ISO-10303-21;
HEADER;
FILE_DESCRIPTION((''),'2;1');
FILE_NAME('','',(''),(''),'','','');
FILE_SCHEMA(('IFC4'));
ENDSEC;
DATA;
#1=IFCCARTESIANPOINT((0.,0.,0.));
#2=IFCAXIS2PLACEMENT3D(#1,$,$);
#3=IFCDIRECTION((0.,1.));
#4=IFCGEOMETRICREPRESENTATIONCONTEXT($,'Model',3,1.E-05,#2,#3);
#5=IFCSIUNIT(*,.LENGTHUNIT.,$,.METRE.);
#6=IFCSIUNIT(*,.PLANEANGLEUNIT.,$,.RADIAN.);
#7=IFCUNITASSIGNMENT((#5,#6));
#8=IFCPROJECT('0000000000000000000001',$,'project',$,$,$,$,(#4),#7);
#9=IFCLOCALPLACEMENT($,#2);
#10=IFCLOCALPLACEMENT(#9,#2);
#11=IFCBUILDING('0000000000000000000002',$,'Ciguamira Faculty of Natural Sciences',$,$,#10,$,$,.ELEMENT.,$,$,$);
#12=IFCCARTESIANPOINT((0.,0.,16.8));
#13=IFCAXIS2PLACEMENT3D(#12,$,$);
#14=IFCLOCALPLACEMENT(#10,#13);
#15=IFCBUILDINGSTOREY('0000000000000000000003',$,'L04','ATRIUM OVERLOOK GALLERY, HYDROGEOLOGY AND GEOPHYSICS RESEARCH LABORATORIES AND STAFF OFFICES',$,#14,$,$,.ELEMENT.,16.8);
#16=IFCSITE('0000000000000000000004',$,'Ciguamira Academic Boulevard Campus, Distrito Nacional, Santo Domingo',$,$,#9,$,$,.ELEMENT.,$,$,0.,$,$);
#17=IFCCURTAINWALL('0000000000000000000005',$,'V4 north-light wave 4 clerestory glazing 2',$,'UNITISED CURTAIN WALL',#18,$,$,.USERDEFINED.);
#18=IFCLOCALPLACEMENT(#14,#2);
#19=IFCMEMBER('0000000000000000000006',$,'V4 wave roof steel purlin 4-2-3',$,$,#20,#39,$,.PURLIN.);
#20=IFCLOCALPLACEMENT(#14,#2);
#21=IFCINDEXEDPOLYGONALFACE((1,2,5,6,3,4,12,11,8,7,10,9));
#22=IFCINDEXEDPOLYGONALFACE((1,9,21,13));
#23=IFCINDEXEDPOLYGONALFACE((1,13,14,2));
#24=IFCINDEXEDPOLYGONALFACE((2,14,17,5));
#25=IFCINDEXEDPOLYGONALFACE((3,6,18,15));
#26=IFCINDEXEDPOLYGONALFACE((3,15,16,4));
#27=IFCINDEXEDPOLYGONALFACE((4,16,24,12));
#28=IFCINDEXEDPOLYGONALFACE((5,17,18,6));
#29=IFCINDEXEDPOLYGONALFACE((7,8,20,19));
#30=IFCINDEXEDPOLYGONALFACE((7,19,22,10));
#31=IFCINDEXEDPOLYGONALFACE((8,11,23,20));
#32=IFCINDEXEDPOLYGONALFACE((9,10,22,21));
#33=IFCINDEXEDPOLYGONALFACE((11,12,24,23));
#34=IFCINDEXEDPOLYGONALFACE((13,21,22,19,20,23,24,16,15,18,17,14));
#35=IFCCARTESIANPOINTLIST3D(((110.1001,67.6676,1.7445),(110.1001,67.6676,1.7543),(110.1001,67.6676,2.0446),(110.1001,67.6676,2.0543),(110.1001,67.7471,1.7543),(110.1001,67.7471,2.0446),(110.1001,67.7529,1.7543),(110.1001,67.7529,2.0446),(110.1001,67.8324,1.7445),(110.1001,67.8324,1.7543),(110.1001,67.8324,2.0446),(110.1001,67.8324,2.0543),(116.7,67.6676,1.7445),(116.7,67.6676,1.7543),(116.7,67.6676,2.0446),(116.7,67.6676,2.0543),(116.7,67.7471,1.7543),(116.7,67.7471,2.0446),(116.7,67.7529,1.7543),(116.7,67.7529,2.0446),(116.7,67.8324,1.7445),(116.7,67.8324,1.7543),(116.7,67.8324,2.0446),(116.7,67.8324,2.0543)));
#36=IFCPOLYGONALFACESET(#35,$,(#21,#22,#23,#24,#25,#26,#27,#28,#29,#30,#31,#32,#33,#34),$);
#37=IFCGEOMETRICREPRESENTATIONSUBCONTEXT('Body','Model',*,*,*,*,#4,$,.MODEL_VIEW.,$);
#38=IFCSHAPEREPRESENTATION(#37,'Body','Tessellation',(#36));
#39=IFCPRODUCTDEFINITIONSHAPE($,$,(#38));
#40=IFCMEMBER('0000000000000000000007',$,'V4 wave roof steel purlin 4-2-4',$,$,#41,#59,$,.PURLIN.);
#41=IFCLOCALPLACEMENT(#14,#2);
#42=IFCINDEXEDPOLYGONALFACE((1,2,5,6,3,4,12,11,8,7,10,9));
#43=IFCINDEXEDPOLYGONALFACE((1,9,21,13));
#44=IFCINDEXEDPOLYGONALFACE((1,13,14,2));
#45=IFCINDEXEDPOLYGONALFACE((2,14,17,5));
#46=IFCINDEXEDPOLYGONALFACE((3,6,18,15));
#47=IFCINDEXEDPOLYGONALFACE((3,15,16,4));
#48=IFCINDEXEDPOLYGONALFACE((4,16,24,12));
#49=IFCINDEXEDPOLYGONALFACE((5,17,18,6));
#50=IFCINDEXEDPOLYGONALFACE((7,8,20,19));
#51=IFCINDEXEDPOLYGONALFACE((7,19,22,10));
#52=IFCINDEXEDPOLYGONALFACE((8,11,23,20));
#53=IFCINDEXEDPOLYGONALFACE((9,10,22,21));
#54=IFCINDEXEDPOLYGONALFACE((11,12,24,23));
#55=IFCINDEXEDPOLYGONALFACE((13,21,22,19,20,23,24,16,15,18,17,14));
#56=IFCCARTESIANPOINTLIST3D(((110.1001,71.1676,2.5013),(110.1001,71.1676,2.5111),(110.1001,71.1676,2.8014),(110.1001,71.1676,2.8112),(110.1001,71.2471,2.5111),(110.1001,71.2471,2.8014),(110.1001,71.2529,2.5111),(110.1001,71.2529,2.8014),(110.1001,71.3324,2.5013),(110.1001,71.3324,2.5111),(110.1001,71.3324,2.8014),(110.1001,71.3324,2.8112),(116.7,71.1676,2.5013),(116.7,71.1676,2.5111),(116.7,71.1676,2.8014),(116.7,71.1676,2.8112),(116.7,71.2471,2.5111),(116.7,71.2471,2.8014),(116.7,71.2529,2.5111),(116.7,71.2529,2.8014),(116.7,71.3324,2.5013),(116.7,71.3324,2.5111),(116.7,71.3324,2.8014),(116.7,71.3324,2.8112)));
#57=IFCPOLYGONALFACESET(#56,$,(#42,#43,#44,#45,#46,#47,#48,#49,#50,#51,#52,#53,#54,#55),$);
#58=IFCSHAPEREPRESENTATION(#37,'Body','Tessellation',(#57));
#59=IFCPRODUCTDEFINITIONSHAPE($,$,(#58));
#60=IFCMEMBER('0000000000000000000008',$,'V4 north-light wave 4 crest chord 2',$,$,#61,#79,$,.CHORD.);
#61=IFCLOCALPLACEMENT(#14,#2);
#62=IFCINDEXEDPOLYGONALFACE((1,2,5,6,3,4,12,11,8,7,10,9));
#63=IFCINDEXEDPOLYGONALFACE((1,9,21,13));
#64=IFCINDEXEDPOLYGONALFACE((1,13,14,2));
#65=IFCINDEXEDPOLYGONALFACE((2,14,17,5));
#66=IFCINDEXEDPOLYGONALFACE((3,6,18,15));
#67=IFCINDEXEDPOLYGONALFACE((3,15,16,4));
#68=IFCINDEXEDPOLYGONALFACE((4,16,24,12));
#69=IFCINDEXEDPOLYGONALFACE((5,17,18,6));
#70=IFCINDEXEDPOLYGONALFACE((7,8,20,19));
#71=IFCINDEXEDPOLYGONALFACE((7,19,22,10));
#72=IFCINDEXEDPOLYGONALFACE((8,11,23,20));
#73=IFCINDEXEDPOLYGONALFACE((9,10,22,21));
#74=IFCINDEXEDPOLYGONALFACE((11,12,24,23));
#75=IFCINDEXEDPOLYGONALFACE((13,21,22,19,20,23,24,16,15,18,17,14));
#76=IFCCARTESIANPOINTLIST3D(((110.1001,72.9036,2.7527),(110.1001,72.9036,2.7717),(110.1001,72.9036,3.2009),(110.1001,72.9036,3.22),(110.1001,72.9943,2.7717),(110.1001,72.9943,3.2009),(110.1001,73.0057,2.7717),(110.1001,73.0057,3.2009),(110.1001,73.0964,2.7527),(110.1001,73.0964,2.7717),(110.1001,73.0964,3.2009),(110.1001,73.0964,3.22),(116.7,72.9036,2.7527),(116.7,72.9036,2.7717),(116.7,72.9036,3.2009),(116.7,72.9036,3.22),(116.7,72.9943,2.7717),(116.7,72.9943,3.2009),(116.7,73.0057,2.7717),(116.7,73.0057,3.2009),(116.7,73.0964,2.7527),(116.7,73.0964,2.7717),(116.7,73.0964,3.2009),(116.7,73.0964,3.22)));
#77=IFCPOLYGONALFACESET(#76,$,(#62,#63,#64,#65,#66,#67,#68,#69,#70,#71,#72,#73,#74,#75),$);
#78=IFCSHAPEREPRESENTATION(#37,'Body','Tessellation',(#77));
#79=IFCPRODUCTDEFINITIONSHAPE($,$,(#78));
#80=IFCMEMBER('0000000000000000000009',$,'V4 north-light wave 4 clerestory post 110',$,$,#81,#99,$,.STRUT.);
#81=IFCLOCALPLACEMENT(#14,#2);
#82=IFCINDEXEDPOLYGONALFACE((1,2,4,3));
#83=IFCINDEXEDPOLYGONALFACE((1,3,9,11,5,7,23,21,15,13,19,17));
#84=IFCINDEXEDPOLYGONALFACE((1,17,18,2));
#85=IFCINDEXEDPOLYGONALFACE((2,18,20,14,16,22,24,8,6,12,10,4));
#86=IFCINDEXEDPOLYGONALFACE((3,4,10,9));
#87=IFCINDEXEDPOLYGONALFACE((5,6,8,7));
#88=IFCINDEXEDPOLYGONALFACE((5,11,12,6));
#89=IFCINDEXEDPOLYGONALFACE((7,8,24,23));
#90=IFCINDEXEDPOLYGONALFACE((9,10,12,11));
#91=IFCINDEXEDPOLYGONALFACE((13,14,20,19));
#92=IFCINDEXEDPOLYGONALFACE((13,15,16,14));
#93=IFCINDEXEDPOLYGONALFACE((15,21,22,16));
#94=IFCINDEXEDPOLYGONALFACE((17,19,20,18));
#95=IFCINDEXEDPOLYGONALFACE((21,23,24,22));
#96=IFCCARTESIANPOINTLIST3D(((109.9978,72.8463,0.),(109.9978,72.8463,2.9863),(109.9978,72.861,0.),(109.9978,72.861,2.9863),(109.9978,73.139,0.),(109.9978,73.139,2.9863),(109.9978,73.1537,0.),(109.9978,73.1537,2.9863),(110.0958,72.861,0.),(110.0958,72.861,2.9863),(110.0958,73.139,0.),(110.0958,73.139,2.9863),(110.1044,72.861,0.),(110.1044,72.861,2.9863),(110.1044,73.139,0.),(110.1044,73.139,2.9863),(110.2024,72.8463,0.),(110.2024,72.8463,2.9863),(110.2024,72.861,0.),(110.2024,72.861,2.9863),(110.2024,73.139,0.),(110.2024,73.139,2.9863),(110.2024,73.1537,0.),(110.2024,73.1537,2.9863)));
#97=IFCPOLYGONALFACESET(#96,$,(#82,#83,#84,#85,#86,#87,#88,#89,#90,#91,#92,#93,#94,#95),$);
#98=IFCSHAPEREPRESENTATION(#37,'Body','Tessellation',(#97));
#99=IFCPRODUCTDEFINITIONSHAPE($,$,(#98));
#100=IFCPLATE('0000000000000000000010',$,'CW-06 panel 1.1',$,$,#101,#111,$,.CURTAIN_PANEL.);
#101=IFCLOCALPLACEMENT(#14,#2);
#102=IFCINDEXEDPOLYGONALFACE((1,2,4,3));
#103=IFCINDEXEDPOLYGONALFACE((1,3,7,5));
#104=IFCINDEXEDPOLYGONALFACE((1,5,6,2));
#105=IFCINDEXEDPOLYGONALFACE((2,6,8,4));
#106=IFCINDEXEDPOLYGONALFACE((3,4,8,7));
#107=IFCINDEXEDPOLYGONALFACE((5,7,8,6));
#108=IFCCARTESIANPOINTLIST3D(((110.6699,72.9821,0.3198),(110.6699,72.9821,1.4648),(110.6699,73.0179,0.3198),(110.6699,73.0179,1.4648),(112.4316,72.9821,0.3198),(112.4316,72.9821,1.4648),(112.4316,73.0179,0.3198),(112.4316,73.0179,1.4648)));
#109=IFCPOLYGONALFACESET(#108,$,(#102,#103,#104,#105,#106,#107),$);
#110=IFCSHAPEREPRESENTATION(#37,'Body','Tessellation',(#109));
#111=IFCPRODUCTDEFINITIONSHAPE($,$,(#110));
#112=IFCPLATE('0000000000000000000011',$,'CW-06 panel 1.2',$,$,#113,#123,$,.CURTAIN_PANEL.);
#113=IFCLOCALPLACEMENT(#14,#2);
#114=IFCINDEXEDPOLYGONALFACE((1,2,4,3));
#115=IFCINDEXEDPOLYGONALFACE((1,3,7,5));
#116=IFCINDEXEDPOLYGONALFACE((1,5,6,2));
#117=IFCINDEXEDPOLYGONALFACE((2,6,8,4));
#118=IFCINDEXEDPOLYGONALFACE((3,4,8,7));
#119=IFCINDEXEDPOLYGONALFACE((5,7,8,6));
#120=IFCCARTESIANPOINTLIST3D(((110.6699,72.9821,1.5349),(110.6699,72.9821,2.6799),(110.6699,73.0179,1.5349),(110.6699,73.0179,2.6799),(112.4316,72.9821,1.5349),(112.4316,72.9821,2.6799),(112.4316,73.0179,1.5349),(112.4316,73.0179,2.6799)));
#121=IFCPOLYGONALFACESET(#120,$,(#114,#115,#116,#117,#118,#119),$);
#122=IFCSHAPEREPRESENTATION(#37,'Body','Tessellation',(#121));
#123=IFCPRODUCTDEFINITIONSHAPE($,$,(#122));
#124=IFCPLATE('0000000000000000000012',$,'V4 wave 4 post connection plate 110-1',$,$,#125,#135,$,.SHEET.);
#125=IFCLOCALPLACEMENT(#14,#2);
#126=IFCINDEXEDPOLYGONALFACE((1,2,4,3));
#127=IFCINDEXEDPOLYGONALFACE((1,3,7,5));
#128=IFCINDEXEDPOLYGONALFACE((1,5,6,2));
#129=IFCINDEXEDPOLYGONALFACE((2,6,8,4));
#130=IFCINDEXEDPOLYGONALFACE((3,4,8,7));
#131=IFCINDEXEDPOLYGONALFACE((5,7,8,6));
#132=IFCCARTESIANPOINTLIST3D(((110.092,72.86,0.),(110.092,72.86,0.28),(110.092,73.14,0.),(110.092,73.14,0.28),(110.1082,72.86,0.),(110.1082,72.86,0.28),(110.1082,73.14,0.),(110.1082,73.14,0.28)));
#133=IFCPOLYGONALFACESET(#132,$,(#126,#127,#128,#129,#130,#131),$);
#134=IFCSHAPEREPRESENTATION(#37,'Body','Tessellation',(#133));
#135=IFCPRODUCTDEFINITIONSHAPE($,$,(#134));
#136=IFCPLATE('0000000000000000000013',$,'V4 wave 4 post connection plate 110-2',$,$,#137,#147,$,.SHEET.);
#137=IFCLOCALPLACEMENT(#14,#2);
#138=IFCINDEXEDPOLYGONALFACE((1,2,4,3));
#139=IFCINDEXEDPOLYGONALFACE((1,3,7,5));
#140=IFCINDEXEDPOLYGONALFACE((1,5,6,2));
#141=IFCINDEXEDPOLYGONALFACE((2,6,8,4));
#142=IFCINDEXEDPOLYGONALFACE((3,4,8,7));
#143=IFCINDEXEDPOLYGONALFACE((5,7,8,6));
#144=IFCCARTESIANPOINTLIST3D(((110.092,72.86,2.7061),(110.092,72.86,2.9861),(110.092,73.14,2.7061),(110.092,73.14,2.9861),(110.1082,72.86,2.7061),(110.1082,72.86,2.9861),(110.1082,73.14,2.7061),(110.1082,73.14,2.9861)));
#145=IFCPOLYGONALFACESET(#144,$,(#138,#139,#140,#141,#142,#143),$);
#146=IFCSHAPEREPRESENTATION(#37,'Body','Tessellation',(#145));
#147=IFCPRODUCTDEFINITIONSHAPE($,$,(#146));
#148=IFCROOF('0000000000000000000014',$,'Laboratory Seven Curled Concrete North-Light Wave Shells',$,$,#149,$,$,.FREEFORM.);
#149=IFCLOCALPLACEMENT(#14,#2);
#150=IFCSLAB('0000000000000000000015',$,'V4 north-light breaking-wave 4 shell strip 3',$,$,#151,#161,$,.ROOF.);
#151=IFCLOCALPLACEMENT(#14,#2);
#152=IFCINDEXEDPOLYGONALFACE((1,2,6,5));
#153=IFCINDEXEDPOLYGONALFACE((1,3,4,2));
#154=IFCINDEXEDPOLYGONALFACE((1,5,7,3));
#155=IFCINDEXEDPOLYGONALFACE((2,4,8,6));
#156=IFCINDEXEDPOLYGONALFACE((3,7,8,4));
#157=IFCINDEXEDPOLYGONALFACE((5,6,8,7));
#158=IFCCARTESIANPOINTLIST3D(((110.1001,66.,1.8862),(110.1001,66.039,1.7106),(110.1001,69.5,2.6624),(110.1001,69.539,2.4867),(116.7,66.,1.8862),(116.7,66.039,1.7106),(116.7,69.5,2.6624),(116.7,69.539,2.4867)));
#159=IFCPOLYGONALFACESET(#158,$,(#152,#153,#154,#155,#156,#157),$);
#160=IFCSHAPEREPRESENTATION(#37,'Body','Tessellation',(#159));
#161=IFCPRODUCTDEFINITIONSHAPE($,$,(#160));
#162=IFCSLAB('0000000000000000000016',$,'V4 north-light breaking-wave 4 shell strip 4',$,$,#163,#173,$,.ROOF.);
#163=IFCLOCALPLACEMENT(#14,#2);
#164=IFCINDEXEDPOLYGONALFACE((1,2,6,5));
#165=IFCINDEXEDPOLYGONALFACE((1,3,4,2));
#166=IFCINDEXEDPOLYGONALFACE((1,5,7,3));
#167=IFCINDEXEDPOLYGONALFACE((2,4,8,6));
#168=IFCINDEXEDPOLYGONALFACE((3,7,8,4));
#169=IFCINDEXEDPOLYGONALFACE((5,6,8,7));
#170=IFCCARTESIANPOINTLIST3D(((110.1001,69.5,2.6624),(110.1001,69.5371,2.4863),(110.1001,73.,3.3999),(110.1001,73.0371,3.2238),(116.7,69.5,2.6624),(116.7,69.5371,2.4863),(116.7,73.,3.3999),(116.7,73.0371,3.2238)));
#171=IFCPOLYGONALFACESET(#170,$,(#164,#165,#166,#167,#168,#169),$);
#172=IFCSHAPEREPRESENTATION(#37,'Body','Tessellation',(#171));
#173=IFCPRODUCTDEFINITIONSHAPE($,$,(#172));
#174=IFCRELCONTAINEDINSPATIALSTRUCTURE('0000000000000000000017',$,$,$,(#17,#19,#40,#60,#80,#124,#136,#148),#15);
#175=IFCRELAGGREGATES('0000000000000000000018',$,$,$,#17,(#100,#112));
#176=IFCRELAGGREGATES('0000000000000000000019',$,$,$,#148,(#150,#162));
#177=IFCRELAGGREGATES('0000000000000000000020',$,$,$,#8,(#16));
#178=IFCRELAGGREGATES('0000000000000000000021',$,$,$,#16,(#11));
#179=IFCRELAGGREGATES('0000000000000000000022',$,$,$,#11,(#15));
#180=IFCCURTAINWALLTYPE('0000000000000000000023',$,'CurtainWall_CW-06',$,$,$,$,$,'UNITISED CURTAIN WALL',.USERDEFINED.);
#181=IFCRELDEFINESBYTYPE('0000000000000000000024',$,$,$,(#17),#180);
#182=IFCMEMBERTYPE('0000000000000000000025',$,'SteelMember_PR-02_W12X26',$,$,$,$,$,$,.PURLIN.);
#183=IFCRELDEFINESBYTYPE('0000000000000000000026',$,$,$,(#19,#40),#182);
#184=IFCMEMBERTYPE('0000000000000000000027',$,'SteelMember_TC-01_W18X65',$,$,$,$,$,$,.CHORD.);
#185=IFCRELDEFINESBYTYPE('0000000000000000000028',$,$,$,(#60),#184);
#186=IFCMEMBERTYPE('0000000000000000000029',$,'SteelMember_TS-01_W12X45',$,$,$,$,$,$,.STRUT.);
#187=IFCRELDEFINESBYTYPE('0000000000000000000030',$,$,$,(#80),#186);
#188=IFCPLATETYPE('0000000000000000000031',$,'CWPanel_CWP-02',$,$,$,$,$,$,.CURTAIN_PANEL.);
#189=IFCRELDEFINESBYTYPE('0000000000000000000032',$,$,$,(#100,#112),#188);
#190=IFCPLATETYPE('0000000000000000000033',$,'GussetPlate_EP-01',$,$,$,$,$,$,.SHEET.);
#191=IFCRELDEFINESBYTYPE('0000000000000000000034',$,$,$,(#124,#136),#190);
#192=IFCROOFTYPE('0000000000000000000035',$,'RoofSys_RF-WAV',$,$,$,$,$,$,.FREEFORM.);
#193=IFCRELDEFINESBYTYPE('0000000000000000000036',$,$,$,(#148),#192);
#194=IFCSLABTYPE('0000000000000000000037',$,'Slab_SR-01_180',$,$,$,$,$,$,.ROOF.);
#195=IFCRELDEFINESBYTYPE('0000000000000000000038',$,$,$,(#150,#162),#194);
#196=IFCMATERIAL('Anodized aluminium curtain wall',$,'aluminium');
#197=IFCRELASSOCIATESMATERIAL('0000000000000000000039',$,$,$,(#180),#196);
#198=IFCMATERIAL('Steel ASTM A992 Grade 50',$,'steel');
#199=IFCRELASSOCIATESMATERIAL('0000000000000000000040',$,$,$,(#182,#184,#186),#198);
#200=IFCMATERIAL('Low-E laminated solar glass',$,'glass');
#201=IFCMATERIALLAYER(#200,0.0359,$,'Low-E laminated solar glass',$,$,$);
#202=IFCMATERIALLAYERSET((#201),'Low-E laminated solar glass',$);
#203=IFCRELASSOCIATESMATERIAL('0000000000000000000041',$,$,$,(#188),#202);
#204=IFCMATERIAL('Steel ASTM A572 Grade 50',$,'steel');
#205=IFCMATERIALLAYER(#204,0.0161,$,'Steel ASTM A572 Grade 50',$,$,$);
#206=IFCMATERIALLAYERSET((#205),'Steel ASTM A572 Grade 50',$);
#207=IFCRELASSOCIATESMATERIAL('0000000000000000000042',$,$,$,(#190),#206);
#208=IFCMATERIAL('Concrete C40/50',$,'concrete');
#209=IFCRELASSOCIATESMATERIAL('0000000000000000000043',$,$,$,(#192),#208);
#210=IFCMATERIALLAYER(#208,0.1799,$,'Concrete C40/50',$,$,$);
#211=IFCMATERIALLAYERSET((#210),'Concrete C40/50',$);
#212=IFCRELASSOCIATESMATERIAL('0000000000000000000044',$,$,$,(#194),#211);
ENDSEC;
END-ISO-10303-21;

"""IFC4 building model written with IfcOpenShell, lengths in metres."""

from ifc_helpers import new_model, si_unit, direction, frame, origin, origin_2d, place, context, subcontext, project, spatial, polyline, rectangle, i_section, outline, extrude, material, layer, layer_set, material_profile, profile_set, type_object, element, aggregate, save


model = new_model("IFC4")

# Units and contexts
model_context = context("Model", 3, precision=1e-05, world=origin(), true_north=direction((0.0, 1.0)))
body_context = subcontext(model_context, "Body", "Model", "MODEL_VIEW")
ifc_project = project(units=[si_unit("LENGTHUNIT", "METRE"), si_unit("PLANEANGLEUNIT", "RADIAN")], contexts=[model_context])

# Site, building, storey
site_placement = place(None, origin())
site = spatial("IfcSite", under=ifc_project, at=site_placement, Name="Ciguamira Academic Boulevard Campus, Distrito Nacional, Santo Domingo", CompositionType="ELEMENT", RefElevation=0.0)
building_placement = place(site_placement, origin())
building = spatial("IfcBuilding", under=site, at=building_placement, Name="Ciguamira Faculty of Natural Sciences", CompositionType="ELEMENT")
storey_placement = place(building_placement, frame((0.0, 0.0, 16.8)))
storey = spatial("IfcBuildingStorey", under=building, at=storey_placement, Name="L04", Description="ATRIUM OVERLOOK GALLERY, HYDROGEOLOGY AND GEOPHYSICS RESEARCH LABORATORIES AND STAFF OFFICES", CompositionType="ELEMENT", Elevation=16.8)

# Curtain wall
ifc_material_1 = material(Name="Anodized aluminium curtain wall", Category="aluminium")
curtain_wall_type = type_object("IfcCurtainWallType", Name="CurtainWall_CW-06", ElementType="UNITISED CURTAIN WALL", PredefinedType="USERDEFINED", material=ifc_material_1)
curtain_wall_placement = place(storey_placement, origin())
curtain_wall = element("IfcCurtainWall", 1, at=curtain_wall_placement, inside=storey, type_object=curtain_wall_type, Name="V4 north-light wave 4 clerestory glazing 2", ObjectType="UNITISED CURTAIN WALL", PredefinedType="USERDEFINED")

# Shared definitions
ifc_material_2 = material(Name="Concrete C40/50", Category="concrete")

# Members
ifc_material_3 = material(Name="Steel ASTM A992 Grade 50", Category="steel")
ifc_material_profile_1 = material_profile(ifc_material_3, i_section(OverallWidth=0.1648, OverallDepth=0.3098, WebThickness=0.0059, FlangeThickness=0.0098, at=origin_2d()), Name="W12X26")
ifc_profile_set_1 = profile_set([ifc_material_profile_1], Name="Steel ASTM A992 Grade 50")
member_type_1 = type_object("IfcMemberType", Name="SteelMember_PR-02_W12X26", PredefinedType="PURLIN", material=ifc_profile_set_1)
for number, where, z_axis, x_axis, name in (
    (2, (110.1001, 67.75, 1.8994), (1.0, 0.0, 0.0), (0.0, 1.0, 0.0), "V4 wave roof steel purlin 4-2-3"),
    (3, (110.1001, 71.25, 2.6562), (1.0, 0.0, 0.0), (0.0, 1.0, 0.0), "V4 wave roof steel purlin 4-2-4"),
):
    element("IfcMember", number, at=place(storey_placement, frame(where, z_axis=z_axis, x_axis=x_axis)), inside=storey, type_object=member_type_1, Name=name, PredefinedType="PURLIN", context=body_context, shape_type="SweptSolid", body=[
        extrude(i_section(OverallWidth=0.1648, OverallDepth=0.3098, WebThickness=0.0059, FlangeThickness=0.0098, at=origin_2d()), origin(), (0.0, 0.0, 1.0), 6.5999),
    ])
ifc_material_profile_2 = material_profile(ifc_material_3, i_section(OverallWidth=0.1929, OverallDepth=0.4673, WebThickness=0.0115, FlangeThickness=0.019, at=origin_2d()), Name="W18X65")
ifc_profile_set_2 = profile_set([ifc_material_profile_2], Name="Steel ASTM A992 Grade 50")
member_type_2 = type_object("IfcMemberType", Name="SteelMember_TC-01_W18X65", PredefinedType="CHORD", material=ifc_profile_set_2)
member_1_placement = place(storey_placement, frame((110.1001, 73.0, 2.9863), z_axis=(1.0, 0.0, 0.0), x_axis=(0.0, 1.0, 0.0)))
element("IfcMember", 4, at=member_1_placement, inside=storey, type_object=member_type_2, Name="V4 north-light wave 4 crest chord 2", PredefinedType="CHORD", context=body_context, shape_type="SweptSolid", body=[
    extrude(i_section(OverallWidth=0.1929, OverallDepth=0.4673, WebThickness=0.0115, FlangeThickness=0.019, at=origin_2d()), origin(), (0.0, 0.0, 1.0), 6.5999),
])
ifc_material_profile_3 = material_profile(ifc_material_3, i_section(OverallWidth=0.2046, OverallDepth=0.3074, WebThickness=0.0085, FlangeThickness=0.0146, at=origin_2d()), Name="W12X45")
ifc_profile_set_3 = profile_set([ifc_material_profile_3], Name="Steel ASTM A992 Grade 50")
member_type_3 = type_object("IfcMemberType", Name="SteelMember_TS-01_W12X45", PredefinedType="STRUT", material=ifc_profile_set_3)
member_2_placement = place(storey_placement, frame((110.1001, 73.0, 0.0), z_axis=(0.0, 0.0, 1.0), x_axis=(1.0, 0.0, 0.0)))
element("IfcMember", 5, at=member_2_placement, inside=storey, type_object=member_type_3, Name="V4 north-light wave 4 clerestory post 110", PredefinedType="STRUT", context=body_context, shape_type="SweptSolid", body=[
    extrude(i_section(OverallWidth=0.2046, OverallDepth=0.3074, WebThickness=0.0085, FlangeThickness=0.0146, at=origin_2d()), origin(), (0.0, 0.0, 1.0), 2.9863),
])

# Plates
ifc_material_4 = material(Name="Low-E laminated solar glass", Category="glass")
ifc_layer_1 = layer(ifc_material_4, 0.0359, Name="Low-E laminated solar glass")
ifc_layer_set_1 = layer_set([ifc_layer_1], Name="Low-E laminated solar glass")
plate_type_1 = type_object("IfcPlateType", Name="CWPanel_CWP-02", PredefinedType="CURTAIN_PANEL", material=ifc_layer_set_1)
plate_1_placement = place(storey_placement, frame((111.5508, 73.0, 0.3198), z_axis=(0.0, 0.0, 1.0), x_axis=(1.0, 0.0, 0.0)))
plate_1 = element("IfcPlate", 6, at=plate_1_placement, type_object=plate_type_1, Name="CW-06 panel 1.1", PredefinedType="CURTAIN_PANEL", context=body_context, shape_type="SweptSolid", body=[
    extrude(rectangle(XDim=1.7617, YDim=0.0359, at=origin_2d()), origin(), (0.0, 0.0, 1.0), 1.145),
])
plate_2_placement = place(storey_placement, frame((111.5508, 73.0, 1.5349), z_axis=(0.0, 0.0, 1.0), x_axis=(1.0, 0.0, 0.0)))
plate_2 = element("IfcPlate", 7, at=plate_2_placement, type_object=plate_type_1, Name="CW-06 panel 1.2", PredefinedType="CURTAIN_PANEL", context=body_context, shape_type="SweptSolid", body=[
    extrude(rectangle(XDim=1.7617, YDim=0.0359, at=origin_2d()), origin(), (0.0, 0.0, 1.0), 1.145),
])
aggregate(curtain_wall, [plate_1, plate_2])

# Plates
ifc_material_5 = material(Name="Steel ASTM A572 Grade 50", Category="steel")
ifc_layer_2 = layer(ifc_material_5, 0.0161, Name="Steel ASTM A572 Grade 50")
ifc_layer_set_2 = layer_set([ifc_layer_2], Name="Steel ASTM A572 Grade 50")
plate_type_2 = type_object("IfcPlateType", Name="GussetPlate_EP-01", PredefinedType="SHEET", material=ifc_layer_set_2)
for number, where, z_axis, x_axis, name in (
    (8, (110.1001, 73.0, 0.0), (0.0, 0.0, 1.0), (1.0, 0.0, 0.0), "V4 wave 4 post connection plate 110-1"),
    (9, (110.1001, 73.0, 2.7061), (0.0, 0.0, 1.0), (1.0, 0.0, 0.0), "V4 wave 4 post connection plate 110-2"),
):
    element("IfcPlate", number, at=place(storey_placement, frame(where, z_axis=z_axis, x_axis=x_axis)), inside=storey, type_object=plate_type_2, Name=name, PredefinedType="SHEET", context=body_context, shape_type="SweptSolid", body=[
        extrude(rectangle(XDim=0.0161, YDim=0.28, at=origin_2d()), origin(), (0.0, 0.0, 1.0), 0.28),
    ])

# Roof, slabs
roof_type = type_object("IfcRoofType", Name="RoofSys_RF-WAV", PredefinedType="FREEFORM", material=ifc_material_2)
roof_placement = place(storey_placement, origin())
roof = element("IfcRoof", 10, at=roof_placement, inside=storey, type_object=roof_type, Name="Laboratory Seven Curled Concrete North-Light Wave Shells", PredefinedType="FREEFORM")
ifc_layer_3 = layer(ifc_material_2, 0.1799, Name="Concrete C40/50")
ifc_layer_set_3 = layer_set([ifc_layer_3], Name="Concrete C40/50")
slab_type = type_object("IfcSlabType", Name="Slab_SR-01_180", PredefinedType="ROOF", material=ifc_layer_set_3)
slab_1_placement = place(storey_placement, frame((110.1001, 66.0, 1.8862), z_axis=(0.0, -0.216491, 0.976285), x_axis=(1.0, 0.0, 0.0)))
slab_1 = element("IfcSlab", 11, at=slab_1_placement, type_object=slab_type, Name="V4 north-light breaking-wave 4 shell strip 3", PredefinedType="ROOF", context=body_context, shape_type="SweptSolid", body=[
    extrude(outline(polyline([(0.0, 0.0), (6.5999, 0.0), (6.5999, 3.585), (0.0, 3.585), (0.0, 0.0)])), origin(), (0.0, 0.0, -1.0), 0.1799),
])
slab_2_placement = place(storey_placement, frame((110.1001, 69.5, 2.6624), z_axis=(0.0, -0.2062, 0.97851), x_axis=(1.0, 0.0, 0.0)))
slab_2 = element("IfcSlab", 12, at=slab_2_placement, type_object=slab_type, Name="V4 north-light breaking-wave 4 shell strip 4", PredefinedType="ROOF", context=body_context, shape_type="SweptSolid", body=[
    extrude(outline(polyline([(0.0, 0.0), (6.5999, 0.0), (6.5999, 3.5769), (0.0, 3.5769), (0.0, 0.0)])), origin(), (0.0, 0.0, -1.0), 0.1799),
])
aggregate(roof, [slab_1, slab_2])

save(model, "model.ifc")
